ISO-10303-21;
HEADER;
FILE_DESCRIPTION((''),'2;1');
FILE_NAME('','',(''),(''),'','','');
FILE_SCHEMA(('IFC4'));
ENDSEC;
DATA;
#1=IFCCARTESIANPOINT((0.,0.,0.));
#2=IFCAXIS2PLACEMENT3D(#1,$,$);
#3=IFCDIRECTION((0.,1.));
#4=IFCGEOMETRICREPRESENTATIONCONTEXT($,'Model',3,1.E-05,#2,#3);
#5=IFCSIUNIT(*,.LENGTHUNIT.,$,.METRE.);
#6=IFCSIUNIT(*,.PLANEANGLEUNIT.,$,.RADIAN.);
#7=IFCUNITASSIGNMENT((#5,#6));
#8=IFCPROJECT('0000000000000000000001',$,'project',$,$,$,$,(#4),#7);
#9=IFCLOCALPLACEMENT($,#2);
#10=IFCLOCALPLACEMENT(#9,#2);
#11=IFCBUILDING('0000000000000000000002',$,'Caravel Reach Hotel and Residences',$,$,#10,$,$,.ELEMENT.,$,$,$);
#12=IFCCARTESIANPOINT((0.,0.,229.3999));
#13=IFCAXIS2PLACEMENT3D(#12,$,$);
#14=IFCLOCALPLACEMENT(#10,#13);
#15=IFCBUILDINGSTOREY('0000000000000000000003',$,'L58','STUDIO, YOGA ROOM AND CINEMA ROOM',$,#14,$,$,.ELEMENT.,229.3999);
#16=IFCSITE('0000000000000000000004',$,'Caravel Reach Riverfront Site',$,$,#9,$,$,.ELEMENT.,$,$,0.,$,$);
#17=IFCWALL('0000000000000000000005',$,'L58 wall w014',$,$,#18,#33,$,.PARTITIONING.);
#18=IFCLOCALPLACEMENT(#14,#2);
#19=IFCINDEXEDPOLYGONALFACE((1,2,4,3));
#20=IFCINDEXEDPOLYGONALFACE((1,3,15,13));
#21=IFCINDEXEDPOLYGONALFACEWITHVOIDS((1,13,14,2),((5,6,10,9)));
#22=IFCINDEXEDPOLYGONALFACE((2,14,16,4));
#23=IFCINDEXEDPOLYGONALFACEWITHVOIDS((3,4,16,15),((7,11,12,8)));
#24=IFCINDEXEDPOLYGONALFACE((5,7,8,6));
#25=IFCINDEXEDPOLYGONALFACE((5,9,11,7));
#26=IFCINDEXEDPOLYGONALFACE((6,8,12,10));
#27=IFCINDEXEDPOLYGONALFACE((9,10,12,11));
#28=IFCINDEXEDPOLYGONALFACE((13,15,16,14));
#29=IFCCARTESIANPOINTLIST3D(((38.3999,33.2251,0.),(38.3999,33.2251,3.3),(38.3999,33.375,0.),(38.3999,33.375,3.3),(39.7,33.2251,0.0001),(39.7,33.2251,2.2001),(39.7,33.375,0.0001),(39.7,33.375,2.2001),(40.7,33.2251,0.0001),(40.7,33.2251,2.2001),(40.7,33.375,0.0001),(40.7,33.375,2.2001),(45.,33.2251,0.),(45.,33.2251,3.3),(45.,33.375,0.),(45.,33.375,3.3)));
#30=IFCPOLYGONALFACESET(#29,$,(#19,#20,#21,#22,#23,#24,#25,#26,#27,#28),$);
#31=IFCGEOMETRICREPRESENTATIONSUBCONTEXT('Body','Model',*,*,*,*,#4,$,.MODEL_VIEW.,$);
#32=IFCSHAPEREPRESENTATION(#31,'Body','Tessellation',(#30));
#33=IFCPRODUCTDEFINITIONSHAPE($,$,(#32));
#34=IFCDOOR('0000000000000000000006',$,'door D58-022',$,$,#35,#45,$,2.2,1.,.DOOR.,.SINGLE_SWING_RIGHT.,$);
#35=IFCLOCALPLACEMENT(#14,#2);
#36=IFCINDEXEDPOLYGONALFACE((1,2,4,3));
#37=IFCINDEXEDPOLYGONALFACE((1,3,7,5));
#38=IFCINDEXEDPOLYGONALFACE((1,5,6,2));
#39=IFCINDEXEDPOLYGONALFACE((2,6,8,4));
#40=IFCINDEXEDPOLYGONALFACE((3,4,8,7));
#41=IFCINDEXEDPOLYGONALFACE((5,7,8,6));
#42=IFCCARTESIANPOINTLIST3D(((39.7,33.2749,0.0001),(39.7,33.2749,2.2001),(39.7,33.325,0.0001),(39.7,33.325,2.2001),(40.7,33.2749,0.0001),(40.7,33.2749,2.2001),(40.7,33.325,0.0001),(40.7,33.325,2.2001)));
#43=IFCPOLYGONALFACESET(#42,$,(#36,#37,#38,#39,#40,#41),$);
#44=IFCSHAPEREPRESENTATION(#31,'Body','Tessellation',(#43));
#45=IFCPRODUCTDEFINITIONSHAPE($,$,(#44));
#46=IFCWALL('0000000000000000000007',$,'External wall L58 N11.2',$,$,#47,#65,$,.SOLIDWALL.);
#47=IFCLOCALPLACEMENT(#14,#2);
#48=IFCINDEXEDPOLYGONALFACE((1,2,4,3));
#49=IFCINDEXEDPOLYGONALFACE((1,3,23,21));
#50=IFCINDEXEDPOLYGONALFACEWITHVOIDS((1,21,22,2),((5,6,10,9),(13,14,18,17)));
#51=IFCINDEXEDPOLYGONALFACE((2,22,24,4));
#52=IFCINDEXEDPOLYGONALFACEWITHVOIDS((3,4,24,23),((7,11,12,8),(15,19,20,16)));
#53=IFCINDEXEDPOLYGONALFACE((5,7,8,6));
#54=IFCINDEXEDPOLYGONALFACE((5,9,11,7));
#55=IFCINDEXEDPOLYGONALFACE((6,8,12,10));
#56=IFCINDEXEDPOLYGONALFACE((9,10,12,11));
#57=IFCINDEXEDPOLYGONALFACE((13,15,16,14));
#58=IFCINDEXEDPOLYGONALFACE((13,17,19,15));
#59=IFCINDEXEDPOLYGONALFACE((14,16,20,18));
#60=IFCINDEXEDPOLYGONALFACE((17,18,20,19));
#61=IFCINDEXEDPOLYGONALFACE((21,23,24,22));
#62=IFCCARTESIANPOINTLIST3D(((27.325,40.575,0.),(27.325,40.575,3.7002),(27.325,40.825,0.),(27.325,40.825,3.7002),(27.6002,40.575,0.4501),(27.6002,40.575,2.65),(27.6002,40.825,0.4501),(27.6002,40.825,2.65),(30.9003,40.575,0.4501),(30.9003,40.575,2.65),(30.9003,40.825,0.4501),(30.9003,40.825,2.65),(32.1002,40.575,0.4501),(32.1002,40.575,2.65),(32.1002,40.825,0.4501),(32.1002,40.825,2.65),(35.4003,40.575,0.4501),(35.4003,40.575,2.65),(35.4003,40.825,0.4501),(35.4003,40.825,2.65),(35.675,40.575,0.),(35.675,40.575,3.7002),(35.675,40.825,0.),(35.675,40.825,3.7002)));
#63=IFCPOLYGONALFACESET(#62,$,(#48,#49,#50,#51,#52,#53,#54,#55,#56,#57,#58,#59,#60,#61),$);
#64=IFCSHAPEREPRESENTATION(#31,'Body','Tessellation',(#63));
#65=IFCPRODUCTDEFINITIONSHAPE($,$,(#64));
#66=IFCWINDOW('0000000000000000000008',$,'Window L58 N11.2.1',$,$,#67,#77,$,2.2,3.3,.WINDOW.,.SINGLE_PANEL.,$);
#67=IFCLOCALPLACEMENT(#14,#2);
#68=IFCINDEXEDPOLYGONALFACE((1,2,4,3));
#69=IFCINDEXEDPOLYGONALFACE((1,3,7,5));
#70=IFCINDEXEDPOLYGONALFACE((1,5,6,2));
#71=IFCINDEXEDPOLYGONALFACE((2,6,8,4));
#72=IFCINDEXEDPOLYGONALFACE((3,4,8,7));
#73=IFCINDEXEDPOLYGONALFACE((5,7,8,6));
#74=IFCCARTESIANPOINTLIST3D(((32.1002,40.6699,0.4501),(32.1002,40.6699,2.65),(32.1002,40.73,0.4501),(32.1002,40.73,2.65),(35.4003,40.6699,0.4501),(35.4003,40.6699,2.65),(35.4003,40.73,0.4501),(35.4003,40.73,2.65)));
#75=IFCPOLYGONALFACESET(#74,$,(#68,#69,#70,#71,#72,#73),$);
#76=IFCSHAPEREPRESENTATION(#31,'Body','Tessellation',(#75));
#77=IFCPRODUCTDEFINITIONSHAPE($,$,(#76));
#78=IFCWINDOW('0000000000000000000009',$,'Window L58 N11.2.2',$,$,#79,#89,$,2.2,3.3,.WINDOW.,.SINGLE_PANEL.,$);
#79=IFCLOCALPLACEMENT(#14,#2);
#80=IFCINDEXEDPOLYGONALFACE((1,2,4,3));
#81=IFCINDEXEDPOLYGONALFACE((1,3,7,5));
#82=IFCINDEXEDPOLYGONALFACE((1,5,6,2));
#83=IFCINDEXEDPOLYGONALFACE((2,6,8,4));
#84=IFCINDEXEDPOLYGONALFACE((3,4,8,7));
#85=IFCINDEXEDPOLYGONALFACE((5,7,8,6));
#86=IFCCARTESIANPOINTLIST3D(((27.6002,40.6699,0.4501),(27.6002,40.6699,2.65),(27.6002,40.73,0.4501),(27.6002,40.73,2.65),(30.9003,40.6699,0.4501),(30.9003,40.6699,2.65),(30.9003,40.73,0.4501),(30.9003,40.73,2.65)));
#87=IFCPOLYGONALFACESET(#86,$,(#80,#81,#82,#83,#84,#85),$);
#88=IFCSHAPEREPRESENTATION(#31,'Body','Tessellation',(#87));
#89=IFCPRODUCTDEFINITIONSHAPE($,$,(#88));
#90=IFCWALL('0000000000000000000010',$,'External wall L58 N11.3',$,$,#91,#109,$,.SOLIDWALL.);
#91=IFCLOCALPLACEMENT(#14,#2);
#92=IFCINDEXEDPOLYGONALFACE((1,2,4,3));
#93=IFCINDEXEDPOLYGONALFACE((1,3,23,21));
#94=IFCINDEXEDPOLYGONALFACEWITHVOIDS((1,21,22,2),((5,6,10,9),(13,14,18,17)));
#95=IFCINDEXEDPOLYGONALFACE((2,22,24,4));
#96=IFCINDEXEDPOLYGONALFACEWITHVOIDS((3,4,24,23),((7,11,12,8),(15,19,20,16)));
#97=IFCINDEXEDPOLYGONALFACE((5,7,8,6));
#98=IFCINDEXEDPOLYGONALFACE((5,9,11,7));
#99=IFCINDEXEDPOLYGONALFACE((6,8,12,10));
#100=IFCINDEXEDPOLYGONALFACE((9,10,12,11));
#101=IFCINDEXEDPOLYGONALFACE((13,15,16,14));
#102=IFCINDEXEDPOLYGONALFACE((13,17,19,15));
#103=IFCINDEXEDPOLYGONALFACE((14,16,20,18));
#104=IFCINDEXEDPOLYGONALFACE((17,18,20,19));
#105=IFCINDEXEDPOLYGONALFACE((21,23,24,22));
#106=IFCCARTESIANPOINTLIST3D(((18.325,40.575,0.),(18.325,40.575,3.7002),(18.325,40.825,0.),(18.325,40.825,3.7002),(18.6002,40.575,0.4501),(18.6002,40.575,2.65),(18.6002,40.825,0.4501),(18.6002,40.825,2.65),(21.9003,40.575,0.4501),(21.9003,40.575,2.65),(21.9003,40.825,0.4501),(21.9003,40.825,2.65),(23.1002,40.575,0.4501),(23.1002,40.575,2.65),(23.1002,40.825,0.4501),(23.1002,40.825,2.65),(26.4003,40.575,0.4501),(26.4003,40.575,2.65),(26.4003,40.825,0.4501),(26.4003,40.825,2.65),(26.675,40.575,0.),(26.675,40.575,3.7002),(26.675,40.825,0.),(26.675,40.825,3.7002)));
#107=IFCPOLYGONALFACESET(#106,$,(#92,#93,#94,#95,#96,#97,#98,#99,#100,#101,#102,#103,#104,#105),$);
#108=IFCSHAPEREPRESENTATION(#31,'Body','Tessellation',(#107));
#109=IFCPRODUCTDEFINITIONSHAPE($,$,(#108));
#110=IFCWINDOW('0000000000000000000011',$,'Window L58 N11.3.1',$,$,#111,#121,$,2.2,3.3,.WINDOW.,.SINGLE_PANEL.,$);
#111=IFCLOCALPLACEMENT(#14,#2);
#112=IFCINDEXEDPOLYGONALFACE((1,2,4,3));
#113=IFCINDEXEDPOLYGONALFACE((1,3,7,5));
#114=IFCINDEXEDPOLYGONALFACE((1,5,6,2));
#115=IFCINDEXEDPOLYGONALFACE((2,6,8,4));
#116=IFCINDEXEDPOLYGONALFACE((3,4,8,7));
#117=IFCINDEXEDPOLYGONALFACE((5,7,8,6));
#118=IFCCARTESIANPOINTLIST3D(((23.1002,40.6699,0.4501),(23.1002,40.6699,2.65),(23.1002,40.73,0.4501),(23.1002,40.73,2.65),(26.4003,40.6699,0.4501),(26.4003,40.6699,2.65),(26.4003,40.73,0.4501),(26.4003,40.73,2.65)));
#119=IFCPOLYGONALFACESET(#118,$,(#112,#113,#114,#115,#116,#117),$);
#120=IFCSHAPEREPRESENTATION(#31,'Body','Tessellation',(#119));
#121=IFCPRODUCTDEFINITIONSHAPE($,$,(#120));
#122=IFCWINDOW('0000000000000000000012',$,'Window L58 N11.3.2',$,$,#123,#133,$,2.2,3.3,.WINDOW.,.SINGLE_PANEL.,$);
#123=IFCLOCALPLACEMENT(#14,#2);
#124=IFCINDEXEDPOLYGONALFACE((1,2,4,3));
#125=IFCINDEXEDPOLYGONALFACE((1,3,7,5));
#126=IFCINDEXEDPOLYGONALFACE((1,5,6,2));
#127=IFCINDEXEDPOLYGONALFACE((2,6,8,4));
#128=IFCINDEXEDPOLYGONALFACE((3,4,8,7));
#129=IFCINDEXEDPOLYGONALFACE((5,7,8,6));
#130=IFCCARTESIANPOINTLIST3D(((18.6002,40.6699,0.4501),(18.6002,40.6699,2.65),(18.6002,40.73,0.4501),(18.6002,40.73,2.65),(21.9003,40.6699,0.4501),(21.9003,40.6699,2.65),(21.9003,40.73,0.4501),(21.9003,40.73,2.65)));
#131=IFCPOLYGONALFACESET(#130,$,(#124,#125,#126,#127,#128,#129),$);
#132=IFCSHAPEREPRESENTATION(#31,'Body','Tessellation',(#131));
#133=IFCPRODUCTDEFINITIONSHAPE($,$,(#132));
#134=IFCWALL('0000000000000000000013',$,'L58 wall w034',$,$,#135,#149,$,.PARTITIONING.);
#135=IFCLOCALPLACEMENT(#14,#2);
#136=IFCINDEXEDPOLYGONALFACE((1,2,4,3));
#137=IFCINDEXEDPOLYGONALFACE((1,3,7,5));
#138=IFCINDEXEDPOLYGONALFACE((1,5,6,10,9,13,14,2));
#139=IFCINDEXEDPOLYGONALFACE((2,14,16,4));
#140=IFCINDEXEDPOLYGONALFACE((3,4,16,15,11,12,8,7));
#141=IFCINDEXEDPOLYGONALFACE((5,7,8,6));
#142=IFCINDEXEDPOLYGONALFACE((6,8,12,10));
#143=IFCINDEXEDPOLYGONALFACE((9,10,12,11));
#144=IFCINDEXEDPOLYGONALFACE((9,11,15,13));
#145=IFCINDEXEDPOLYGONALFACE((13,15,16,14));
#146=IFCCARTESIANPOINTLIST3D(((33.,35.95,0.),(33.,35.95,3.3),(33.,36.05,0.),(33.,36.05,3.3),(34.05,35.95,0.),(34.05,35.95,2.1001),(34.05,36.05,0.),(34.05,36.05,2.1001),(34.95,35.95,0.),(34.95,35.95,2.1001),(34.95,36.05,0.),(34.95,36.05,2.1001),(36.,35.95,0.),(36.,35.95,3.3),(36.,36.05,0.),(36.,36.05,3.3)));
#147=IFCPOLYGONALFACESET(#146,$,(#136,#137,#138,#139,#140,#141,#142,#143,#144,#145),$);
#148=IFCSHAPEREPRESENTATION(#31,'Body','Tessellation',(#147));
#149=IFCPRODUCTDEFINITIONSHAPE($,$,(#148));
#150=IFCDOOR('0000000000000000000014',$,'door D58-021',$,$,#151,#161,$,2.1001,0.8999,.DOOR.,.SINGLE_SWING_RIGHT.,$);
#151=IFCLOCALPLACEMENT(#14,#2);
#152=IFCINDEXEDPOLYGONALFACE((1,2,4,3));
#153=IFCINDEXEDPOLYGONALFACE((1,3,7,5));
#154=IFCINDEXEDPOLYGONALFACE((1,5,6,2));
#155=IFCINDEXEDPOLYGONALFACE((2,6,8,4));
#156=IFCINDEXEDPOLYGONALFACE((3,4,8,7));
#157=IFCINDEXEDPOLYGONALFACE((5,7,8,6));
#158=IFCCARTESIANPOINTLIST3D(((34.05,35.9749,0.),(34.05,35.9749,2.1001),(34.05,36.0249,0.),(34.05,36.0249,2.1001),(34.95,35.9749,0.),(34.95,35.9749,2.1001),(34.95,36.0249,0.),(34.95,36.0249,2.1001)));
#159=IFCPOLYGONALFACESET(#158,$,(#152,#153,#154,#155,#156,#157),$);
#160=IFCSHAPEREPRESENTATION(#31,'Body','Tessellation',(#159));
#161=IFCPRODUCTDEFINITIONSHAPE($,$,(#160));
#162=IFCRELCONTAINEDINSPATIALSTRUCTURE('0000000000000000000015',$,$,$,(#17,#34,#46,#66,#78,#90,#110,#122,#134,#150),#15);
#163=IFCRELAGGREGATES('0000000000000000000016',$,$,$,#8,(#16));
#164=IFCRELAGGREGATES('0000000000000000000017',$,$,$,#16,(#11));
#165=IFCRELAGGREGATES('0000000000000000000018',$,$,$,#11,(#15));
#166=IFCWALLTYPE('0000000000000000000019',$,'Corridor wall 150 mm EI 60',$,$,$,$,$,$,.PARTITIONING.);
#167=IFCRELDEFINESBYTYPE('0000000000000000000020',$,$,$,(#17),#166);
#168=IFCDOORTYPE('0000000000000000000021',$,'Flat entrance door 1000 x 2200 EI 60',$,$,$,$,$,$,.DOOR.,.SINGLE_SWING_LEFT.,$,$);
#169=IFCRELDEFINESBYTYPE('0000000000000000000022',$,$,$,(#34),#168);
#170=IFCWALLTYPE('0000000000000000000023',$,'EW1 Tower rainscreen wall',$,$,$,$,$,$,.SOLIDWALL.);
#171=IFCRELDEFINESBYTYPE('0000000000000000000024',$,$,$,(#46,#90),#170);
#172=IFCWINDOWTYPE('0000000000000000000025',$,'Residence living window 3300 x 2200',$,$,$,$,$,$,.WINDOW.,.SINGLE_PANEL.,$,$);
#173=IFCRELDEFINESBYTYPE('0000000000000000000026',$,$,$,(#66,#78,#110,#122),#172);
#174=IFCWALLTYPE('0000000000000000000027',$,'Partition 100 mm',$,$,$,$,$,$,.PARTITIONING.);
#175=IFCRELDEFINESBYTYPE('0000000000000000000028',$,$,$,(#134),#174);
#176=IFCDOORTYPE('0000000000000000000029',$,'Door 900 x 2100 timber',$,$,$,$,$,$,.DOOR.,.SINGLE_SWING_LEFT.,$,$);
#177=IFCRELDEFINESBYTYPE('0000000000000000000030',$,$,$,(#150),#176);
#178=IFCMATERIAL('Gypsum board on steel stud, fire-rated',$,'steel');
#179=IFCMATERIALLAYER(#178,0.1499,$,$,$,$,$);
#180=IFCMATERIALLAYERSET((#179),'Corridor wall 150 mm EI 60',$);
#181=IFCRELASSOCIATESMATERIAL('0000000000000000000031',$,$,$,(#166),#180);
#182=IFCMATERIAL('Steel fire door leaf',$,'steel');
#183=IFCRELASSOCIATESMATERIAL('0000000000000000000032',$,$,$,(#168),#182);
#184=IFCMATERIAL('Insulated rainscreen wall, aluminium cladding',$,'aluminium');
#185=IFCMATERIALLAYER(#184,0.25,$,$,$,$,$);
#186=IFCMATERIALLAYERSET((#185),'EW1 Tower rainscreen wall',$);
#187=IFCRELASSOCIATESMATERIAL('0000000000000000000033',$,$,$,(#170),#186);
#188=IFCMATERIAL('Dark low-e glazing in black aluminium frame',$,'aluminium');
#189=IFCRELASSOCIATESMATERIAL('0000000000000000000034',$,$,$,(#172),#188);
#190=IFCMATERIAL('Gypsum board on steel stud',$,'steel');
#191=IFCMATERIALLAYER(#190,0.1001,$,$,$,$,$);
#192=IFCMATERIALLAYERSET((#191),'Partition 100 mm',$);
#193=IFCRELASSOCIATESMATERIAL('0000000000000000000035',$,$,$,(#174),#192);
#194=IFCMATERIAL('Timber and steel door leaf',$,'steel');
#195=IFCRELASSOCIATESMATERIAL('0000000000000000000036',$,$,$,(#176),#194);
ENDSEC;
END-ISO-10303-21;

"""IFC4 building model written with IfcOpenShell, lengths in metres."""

from ifc_helpers import new_model, si_unit, direction, frame, frame_2d, origin, place, context, subcontext, project, spatial, rectangle, extrude, material, layer, layer_set, type_object, element, fill, save


model = new_model("IFC4")

# Units and contexts
model_context = context("Model", 3, precision=1e-05, world=origin(), true_north=direction((0.0, 1.0)))
body_context = subcontext(model_context, "Body", "Model", "MODEL_VIEW")
ifc_project = project(units=[si_unit("LENGTHUNIT", "METRE"), si_unit("PLANEANGLEUNIT", "RADIAN")], contexts=[model_context])

# Site, building, storey
site_placement = place(None, origin())
site = spatial("IfcSite", under=ifc_project, at=site_placement, Name="Caravel Reach Riverfront Site", CompositionType="ELEMENT", RefElevation=0.0)
building_placement = place(site_placement, origin())
building = spatial("IfcBuilding", under=site, at=building_placement, Name="Caravel Reach Hotel and Residences", CompositionType="ELEMENT")
storey_placement = place(building_placement, frame((0.0, 0.0, 229.3999)))
storey = spatial("IfcBuildingStorey", under=building, at=storey_placement, Name="L58", Description="STUDIO, YOGA ROOM AND CINEMA ROOM", CompositionType="ELEMENT", Elevation=229.3999)

# Wall, opening, door
ifc_material_1 = material(Name="Gypsum board on steel stud, fire-rated", Category="steel")
ifc_layer_1 = layer(ifc_material_1, 0.1499)
ifc_layer_set_1 = layer_set([ifc_layer_1], Name="Corridor wall 150 mm EI 60")
wall_type_1 = type_object("IfcWallType", Name="Corridor wall 150 mm EI 60", PredefinedType="PARTITIONING", material=ifc_layer_set_1)
wall_1_placement = place(storey_placement, frame((38.3999, 33.3, 0.0), z_axis=(0.0, 0.0, 1.0), x_axis=(1.0, 0.0, 0.0)))
wall_1 = element("IfcWall", 1, at=wall_1_placement, inside=storey, type_object=wall_type_1, Name="L58 wall w014", PredefinedType="PARTITIONING", context=body_context, shape_type="SweptSolid", body=[
    extrude(rectangle(XDim=6.6001, YDim=0.1499, at=frame_2d((3.3, 0.0))), origin(), (0.0, 0.0, 1.0), 3.3),
])
opening_1_placement = place(wall_1_placement, frame((1.3, 0.0, 0.0)))
opening_1 = element("IfcOpeningElement", 2, at=opening_1_placement, cuts=wall_1, PredefinedType="OPENING", context=body_context, shape_type="SweptSolid", body=[
    extrude(rectangle(XDim=1.0, YDim=2.2, at=frame_2d((0.5, 1.1001))), frame((0.0, 0.085, 0.0), z_axis=(0.0, -1.0, 0.0), x_axis=(1.0, 0.0, 0.0)), (0.0, 0.0, 1.0), 0.1699),
])
ifc_material_2 = material(Name="Steel fire door leaf", Category="steel")
door_type_1 = type_object("IfcDoorType", Name="Flat entrance door 1000 x 2200 EI 60", OperationType="SINGLE_SWING_LEFT", PredefinedType="DOOR", material=ifc_material_2)
door_1_placement = place(opening_1_placement, origin())
door_1 = element("IfcDoor", 3, at=door_1_placement, inside=storey, type_object=door_type_1, Name="door D58-022", OperationType="SINGLE_SWING_RIGHT", OverallHeight=2.2, OverallWidth=1.0, PredefinedType="DOOR", context=body_context, shape_type="SweptSolid", body=[
    extrude(rectangle(XDim=1.0, YDim=2.2, at=frame_2d((0.5, 1.1001))), frame((0.0, 0.0249, 0.0), z_axis=(0.0, -1.0, 0.0), x_axis=(1.0, 0.0, 0.0)), (0.0, 0.0, 1.0), 0.05),
])
fill(opening_1, door_1)

# Walls, openings, windows
ifc_material_3 = material(Name="Insulated rainscreen wall, aluminium cladding", Category="aluminium")
ifc_layer_2 = layer(ifc_material_3, 0.25)
ifc_layer_set_2 = layer_set([ifc_layer_2], Name="EW1 Tower rainscreen wall")
wall_type_2 = type_object("IfcWallType", Name="EW1 Tower rainscreen wall", PredefinedType="SOLIDWALL", material=ifc_layer_set_2)
wall_2_placement = place(storey_placement, frame((35.675, 40.7, 0.0), z_axis=(0.0, 0.0, 1.0), x_axis=(-1.0, 0.0, 0.0)))
wall_2 = element("IfcWall", 4, at=wall_2_placement, inside=storey, type_object=wall_type_2, Name="External wall L58 N11.2", PredefinedType="SOLIDWALL", context=body_context, shape_type="SweptSolid", body=[
    extrude(rectangle(XDim=8.3501, YDim=0.25, at=frame_2d((4.175, 0.0))), origin(), (0.0, 0.0, 1.0), 3.7002),
])
opening_2_placement = place(wall_2_placement, frame((0.2749, 0.0, 0.45)))
opening_2 = element("IfcOpeningElement", 5, at=opening_2_placement, cuts=wall_2, PredefinedType="OPENING", context=body_context, shape_type="SweptSolid", body=[
    extrude(rectangle(XDim=3.3, YDim=2.2, at=frame_2d((1.6499, 1.1001))), frame((0.0, 0.135, 0.0), z_axis=(0.0, -1.0, 0.0), x_axis=(1.0, 0.0, 0.0)), (0.0, 0.0, 1.0), 0.27),
])
opening_3_placement = place(wall_2_placement, frame((4.7749, 0.0, 0.45)))
opening_3 = element("IfcOpeningElement", 6, at=opening_3_placement, cuts=wall_2, PredefinedType="OPENING", context=body_context, shape_type="SweptSolid", body=[
    extrude(rectangle(XDim=3.3, YDim=2.2, at=frame_2d((1.6499, 1.1001))), frame((0.0, 0.135, 0.0), z_axis=(0.0, -1.0, 0.0), x_axis=(1.0, 0.0, 0.0)), (0.0, 0.0, 1.0), 0.27),
])
ifc_material_4 = material(Name="Dark low-e glazing in black aluminium frame", Category="aluminium")
window_type = type_object("IfcWindowType", Name="Residence living window 3300 x 2200", PartitioningType="SINGLE_PANEL", PredefinedType="WINDOW", material=ifc_material_4)
window_1_placement = place(opening_2_placement, origin())
window_1 = element("IfcWindow", 7, at=window_1_placement, inside=storey, type_object=window_type, Name="Window L58 N11.2.1", OverallHeight=2.2, OverallWidth=3.3, PartitioningType="SINGLE_PANEL", PredefinedType="WINDOW", context=body_context, shape_type="SweptSolid", body=[
    extrude(rectangle(XDim=3.3, YDim=2.2, at=frame_2d((1.6499, 1.1001))), frame((0.0, 0.03, 0.0), z_axis=(0.0, -1.0, 0.0), x_axis=(1.0, 0.0, 0.0)), (0.0, 0.0, 1.0), 0.0601),
])
fill(opening_2, window_1)
window_2_placement = place(opening_3_placement, origin())
window_2 = element("IfcWindow", 8, at=window_2_placement, inside=storey, type_object=window_type, Name="Window L58 N11.2.2", OverallHeight=2.2, OverallWidth=3.3, PartitioningType="SINGLE_PANEL", PredefinedType="WINDOW", context=body_context, shape_type="SweptSolid", body=[
    extrude(rectangle(XDim=3.3, YDim=2.2, at=frame_2d((1.6499, 1.1001))), frame((0.0, 0.03, 0.0), z_axis=(0.0, -1.0, 0.0), x_axis=(1.0, 0.0, 0.0)), (0.0, 0.0, 1.0), 0.0601),
])
fill(opening_3, window_2)
wall_3_placement = place(storey_placement, frame((26.675, 40.7, 0.0), z_axis=(0.0, 0.0, 1.0), x_axis=(-1.0, 0.0, 0.0)))
wall_3 = element("IfcWall", 9, at=wall_3_placement, inside=storey, type_object=wall_type_2, Name="External wall L58 N11.3", PredefinedType="SOLIDWALL", context=body_context, shape_type="SweptSolid", body=[
    extrude(rectangle(XDim=8.3501, YDim=0.25, at=frame_2d((4.175, 0.0))), origin(), (0.0, 0.0, 1.0), 3.7002),
])
opening_4_placement = place(wall_3_placement, frame((0.2749, 0.0, 0.45)))
opening_4 = element("IfcOpeningElement", 10, at=opening_4_placement, cuts=wall_3, PredefinedType="OPENING", context=body_context, shape_type="SweptSolid", body=[
    extrude(rectangle(XDim=3.3, YDim=2.2, at=frame_2d((1.6499, 1.1001))), frame((0.0, 0.135, 0.0), z_axis=(0.0, -1.0, 0.0), x_axis=(1.0, 0.0, 0.0)), (0.0, 0.0, 1.0), 0.27),
])
opening_5_placement = place(wall_3_placement, frame((4.7749, 0.0, 0.45)))
opening_5 = element("IfcOpeningElement", 11, at=opening_5_placement, cuts=wall_3, PredefinedType="OPENING", context=body_context, shape_type="SweptSolid", body=[
    extrude(rectangle(XDim=3.3, YDim=2.2, at=frame_2d((1.6499, 1.1001))), frame((0.0, 0.135, 0.0), z_axis=(0.0, -1.0, 0.0), x_axis=(1.0, 0.0, 0.0)), (0.0, 0.0, 1.0), 0.27),
])
window_3_placement = place(opening_4_placement, origin())
window_3 = element("IfcWindow", 12, at=window_3_placement, inside=storey, type_object=window_type, Name="Window L58 N11.3.1", OverallHeight=2.2, OverallWidth=3.3, PartitioningType="SINGLE_PANEL", PredefinedType="WINDOW", context=body_context, shape_type="SweptSolid", body=[
    extrude(rectangle(XDim=3.3, YDim=2.2, at=frame_2d((1.6499, 1.1001))), frame((0.0, 0.03, 0.0), z_axis=(0.0, -1.0, 0.0), x_axis=(1.0, 0.0, 0.0)), (0.0, 0.0, 1.0), 0.0601),
])
fill(opening_4, window_3)
window_4_placement = place(opening_5_placement, origin())
window_4 = element("IfcWindow", 13, at=window_4_placement, inside=storey, type_object=window_type, Name="Window L58 N11.3.2", OverallHeight=2.2, OverallWidth=3.3, PartitioningType="SINGLE_PANEL", PredefinedType="WINDOW", context=body_context, shape_type="SweptSolid", body=[
    extrude(rectangle(XDim=3.3, YDim=2.2, at=frame_2d((1.6499, 1.1001))), frame((0.0, 0.03, 0.0), z_axis=(0.0, -1.0, 0.0), x_axis=(1.0, 0.0, 0.0)), (0.0, 0.0, 1.0), 0.0601),
])
fill(opening_5, window_4)

# Wall, opening, door
ifc_material_5 = material(Name="Gypsum board on steel stud", Category="steel")
ifc_layer_3 = layer(ifc_material_5, 0.1001)
ifc_layer_set_3 = layer_set([ifc_layer_3], Name="Partition 100 mm")
wall_type_3 = type_object("IfcWallType", Name="Partition 100 mm", PredefinedType="PARTITIONING", material=ifc_layer_set_3)
wall_4_placement = place(storey_placement, frame((33.0, 36.0, 0.0), z_axis=(0.0, 0.0, 1.0), x_axis=(1.0, 0.0, 0.0)))
wall_4 = element("IfcWall", 14, at=wall_4_placement, inside=storey, type_object=wall_type_3, Name="L58 wall w034", PredefinedType="PARTITIONING", context=body_context, shape_type="SweptSolid", body=[
    extrude(rectangle(XDim=3.0, YDim=0.1001, at=frame_2d((1.5, 0.0))), origin(), (0.0, 0.0, 1.0), 3.3),
])
opening_6_placement = place(wall_4_placement, frame((1.05, 0.0, 0.0)))
opening_6 = element("IfcOpeningElement", 15, at=opening_6_placement, cuts=wall_4, PredefinedType="OPENING", context=body_context, shape_type="SweptSolid", body=[
    extrude(rectangle(XDim=0.8999, YDim=2.1001, at=frame_2d((0.45, 1.05))), frame((0.0, 0.0601, 0.0), z_axis=(0.0, -1.0, 0.0), x_axis=(1.0, 0.0, 0.0)), (0.0, 0.0, 1.0), 0.1201),
])
ifc_material_6 = material(Name="Timber and steel door leaf", Category="steel")
door_type_2 = type_object("IfcDoorType", Name="Door 900 x 2100 timber", OperationType="SINGLE_SWING_LEFT", PredefinedType="DOOR", material=ifc_material_6)
door_2_placement = place(opening_6_placement, origin())
door_2 = element("IfcDoor", 16, at=door_2_placement, inside=storey, type_object=door_type_2, Name="door D58-021", OperationType="SINGLE_SWING_RIGHT", OverallHeight=2.1001, OverallWidth=0.8999, PredefinedType="DOOR", context=body_context, shape_type="SweptSolid", body=[
    extrude(rectangle(XDim=0.8999, YDim=2.1001, at=frame_2d((0.45, 1.05))), frame((0.0, 0.0249, 0.0), z_axis=(0.0, -1.0, 0.0), x_axis=(1.0, 0.0, 0.0)), (0.0, 0.0, 1.0), 0.05),
])
fill(opening_6, door_2)

save(model, "model.ifc")
